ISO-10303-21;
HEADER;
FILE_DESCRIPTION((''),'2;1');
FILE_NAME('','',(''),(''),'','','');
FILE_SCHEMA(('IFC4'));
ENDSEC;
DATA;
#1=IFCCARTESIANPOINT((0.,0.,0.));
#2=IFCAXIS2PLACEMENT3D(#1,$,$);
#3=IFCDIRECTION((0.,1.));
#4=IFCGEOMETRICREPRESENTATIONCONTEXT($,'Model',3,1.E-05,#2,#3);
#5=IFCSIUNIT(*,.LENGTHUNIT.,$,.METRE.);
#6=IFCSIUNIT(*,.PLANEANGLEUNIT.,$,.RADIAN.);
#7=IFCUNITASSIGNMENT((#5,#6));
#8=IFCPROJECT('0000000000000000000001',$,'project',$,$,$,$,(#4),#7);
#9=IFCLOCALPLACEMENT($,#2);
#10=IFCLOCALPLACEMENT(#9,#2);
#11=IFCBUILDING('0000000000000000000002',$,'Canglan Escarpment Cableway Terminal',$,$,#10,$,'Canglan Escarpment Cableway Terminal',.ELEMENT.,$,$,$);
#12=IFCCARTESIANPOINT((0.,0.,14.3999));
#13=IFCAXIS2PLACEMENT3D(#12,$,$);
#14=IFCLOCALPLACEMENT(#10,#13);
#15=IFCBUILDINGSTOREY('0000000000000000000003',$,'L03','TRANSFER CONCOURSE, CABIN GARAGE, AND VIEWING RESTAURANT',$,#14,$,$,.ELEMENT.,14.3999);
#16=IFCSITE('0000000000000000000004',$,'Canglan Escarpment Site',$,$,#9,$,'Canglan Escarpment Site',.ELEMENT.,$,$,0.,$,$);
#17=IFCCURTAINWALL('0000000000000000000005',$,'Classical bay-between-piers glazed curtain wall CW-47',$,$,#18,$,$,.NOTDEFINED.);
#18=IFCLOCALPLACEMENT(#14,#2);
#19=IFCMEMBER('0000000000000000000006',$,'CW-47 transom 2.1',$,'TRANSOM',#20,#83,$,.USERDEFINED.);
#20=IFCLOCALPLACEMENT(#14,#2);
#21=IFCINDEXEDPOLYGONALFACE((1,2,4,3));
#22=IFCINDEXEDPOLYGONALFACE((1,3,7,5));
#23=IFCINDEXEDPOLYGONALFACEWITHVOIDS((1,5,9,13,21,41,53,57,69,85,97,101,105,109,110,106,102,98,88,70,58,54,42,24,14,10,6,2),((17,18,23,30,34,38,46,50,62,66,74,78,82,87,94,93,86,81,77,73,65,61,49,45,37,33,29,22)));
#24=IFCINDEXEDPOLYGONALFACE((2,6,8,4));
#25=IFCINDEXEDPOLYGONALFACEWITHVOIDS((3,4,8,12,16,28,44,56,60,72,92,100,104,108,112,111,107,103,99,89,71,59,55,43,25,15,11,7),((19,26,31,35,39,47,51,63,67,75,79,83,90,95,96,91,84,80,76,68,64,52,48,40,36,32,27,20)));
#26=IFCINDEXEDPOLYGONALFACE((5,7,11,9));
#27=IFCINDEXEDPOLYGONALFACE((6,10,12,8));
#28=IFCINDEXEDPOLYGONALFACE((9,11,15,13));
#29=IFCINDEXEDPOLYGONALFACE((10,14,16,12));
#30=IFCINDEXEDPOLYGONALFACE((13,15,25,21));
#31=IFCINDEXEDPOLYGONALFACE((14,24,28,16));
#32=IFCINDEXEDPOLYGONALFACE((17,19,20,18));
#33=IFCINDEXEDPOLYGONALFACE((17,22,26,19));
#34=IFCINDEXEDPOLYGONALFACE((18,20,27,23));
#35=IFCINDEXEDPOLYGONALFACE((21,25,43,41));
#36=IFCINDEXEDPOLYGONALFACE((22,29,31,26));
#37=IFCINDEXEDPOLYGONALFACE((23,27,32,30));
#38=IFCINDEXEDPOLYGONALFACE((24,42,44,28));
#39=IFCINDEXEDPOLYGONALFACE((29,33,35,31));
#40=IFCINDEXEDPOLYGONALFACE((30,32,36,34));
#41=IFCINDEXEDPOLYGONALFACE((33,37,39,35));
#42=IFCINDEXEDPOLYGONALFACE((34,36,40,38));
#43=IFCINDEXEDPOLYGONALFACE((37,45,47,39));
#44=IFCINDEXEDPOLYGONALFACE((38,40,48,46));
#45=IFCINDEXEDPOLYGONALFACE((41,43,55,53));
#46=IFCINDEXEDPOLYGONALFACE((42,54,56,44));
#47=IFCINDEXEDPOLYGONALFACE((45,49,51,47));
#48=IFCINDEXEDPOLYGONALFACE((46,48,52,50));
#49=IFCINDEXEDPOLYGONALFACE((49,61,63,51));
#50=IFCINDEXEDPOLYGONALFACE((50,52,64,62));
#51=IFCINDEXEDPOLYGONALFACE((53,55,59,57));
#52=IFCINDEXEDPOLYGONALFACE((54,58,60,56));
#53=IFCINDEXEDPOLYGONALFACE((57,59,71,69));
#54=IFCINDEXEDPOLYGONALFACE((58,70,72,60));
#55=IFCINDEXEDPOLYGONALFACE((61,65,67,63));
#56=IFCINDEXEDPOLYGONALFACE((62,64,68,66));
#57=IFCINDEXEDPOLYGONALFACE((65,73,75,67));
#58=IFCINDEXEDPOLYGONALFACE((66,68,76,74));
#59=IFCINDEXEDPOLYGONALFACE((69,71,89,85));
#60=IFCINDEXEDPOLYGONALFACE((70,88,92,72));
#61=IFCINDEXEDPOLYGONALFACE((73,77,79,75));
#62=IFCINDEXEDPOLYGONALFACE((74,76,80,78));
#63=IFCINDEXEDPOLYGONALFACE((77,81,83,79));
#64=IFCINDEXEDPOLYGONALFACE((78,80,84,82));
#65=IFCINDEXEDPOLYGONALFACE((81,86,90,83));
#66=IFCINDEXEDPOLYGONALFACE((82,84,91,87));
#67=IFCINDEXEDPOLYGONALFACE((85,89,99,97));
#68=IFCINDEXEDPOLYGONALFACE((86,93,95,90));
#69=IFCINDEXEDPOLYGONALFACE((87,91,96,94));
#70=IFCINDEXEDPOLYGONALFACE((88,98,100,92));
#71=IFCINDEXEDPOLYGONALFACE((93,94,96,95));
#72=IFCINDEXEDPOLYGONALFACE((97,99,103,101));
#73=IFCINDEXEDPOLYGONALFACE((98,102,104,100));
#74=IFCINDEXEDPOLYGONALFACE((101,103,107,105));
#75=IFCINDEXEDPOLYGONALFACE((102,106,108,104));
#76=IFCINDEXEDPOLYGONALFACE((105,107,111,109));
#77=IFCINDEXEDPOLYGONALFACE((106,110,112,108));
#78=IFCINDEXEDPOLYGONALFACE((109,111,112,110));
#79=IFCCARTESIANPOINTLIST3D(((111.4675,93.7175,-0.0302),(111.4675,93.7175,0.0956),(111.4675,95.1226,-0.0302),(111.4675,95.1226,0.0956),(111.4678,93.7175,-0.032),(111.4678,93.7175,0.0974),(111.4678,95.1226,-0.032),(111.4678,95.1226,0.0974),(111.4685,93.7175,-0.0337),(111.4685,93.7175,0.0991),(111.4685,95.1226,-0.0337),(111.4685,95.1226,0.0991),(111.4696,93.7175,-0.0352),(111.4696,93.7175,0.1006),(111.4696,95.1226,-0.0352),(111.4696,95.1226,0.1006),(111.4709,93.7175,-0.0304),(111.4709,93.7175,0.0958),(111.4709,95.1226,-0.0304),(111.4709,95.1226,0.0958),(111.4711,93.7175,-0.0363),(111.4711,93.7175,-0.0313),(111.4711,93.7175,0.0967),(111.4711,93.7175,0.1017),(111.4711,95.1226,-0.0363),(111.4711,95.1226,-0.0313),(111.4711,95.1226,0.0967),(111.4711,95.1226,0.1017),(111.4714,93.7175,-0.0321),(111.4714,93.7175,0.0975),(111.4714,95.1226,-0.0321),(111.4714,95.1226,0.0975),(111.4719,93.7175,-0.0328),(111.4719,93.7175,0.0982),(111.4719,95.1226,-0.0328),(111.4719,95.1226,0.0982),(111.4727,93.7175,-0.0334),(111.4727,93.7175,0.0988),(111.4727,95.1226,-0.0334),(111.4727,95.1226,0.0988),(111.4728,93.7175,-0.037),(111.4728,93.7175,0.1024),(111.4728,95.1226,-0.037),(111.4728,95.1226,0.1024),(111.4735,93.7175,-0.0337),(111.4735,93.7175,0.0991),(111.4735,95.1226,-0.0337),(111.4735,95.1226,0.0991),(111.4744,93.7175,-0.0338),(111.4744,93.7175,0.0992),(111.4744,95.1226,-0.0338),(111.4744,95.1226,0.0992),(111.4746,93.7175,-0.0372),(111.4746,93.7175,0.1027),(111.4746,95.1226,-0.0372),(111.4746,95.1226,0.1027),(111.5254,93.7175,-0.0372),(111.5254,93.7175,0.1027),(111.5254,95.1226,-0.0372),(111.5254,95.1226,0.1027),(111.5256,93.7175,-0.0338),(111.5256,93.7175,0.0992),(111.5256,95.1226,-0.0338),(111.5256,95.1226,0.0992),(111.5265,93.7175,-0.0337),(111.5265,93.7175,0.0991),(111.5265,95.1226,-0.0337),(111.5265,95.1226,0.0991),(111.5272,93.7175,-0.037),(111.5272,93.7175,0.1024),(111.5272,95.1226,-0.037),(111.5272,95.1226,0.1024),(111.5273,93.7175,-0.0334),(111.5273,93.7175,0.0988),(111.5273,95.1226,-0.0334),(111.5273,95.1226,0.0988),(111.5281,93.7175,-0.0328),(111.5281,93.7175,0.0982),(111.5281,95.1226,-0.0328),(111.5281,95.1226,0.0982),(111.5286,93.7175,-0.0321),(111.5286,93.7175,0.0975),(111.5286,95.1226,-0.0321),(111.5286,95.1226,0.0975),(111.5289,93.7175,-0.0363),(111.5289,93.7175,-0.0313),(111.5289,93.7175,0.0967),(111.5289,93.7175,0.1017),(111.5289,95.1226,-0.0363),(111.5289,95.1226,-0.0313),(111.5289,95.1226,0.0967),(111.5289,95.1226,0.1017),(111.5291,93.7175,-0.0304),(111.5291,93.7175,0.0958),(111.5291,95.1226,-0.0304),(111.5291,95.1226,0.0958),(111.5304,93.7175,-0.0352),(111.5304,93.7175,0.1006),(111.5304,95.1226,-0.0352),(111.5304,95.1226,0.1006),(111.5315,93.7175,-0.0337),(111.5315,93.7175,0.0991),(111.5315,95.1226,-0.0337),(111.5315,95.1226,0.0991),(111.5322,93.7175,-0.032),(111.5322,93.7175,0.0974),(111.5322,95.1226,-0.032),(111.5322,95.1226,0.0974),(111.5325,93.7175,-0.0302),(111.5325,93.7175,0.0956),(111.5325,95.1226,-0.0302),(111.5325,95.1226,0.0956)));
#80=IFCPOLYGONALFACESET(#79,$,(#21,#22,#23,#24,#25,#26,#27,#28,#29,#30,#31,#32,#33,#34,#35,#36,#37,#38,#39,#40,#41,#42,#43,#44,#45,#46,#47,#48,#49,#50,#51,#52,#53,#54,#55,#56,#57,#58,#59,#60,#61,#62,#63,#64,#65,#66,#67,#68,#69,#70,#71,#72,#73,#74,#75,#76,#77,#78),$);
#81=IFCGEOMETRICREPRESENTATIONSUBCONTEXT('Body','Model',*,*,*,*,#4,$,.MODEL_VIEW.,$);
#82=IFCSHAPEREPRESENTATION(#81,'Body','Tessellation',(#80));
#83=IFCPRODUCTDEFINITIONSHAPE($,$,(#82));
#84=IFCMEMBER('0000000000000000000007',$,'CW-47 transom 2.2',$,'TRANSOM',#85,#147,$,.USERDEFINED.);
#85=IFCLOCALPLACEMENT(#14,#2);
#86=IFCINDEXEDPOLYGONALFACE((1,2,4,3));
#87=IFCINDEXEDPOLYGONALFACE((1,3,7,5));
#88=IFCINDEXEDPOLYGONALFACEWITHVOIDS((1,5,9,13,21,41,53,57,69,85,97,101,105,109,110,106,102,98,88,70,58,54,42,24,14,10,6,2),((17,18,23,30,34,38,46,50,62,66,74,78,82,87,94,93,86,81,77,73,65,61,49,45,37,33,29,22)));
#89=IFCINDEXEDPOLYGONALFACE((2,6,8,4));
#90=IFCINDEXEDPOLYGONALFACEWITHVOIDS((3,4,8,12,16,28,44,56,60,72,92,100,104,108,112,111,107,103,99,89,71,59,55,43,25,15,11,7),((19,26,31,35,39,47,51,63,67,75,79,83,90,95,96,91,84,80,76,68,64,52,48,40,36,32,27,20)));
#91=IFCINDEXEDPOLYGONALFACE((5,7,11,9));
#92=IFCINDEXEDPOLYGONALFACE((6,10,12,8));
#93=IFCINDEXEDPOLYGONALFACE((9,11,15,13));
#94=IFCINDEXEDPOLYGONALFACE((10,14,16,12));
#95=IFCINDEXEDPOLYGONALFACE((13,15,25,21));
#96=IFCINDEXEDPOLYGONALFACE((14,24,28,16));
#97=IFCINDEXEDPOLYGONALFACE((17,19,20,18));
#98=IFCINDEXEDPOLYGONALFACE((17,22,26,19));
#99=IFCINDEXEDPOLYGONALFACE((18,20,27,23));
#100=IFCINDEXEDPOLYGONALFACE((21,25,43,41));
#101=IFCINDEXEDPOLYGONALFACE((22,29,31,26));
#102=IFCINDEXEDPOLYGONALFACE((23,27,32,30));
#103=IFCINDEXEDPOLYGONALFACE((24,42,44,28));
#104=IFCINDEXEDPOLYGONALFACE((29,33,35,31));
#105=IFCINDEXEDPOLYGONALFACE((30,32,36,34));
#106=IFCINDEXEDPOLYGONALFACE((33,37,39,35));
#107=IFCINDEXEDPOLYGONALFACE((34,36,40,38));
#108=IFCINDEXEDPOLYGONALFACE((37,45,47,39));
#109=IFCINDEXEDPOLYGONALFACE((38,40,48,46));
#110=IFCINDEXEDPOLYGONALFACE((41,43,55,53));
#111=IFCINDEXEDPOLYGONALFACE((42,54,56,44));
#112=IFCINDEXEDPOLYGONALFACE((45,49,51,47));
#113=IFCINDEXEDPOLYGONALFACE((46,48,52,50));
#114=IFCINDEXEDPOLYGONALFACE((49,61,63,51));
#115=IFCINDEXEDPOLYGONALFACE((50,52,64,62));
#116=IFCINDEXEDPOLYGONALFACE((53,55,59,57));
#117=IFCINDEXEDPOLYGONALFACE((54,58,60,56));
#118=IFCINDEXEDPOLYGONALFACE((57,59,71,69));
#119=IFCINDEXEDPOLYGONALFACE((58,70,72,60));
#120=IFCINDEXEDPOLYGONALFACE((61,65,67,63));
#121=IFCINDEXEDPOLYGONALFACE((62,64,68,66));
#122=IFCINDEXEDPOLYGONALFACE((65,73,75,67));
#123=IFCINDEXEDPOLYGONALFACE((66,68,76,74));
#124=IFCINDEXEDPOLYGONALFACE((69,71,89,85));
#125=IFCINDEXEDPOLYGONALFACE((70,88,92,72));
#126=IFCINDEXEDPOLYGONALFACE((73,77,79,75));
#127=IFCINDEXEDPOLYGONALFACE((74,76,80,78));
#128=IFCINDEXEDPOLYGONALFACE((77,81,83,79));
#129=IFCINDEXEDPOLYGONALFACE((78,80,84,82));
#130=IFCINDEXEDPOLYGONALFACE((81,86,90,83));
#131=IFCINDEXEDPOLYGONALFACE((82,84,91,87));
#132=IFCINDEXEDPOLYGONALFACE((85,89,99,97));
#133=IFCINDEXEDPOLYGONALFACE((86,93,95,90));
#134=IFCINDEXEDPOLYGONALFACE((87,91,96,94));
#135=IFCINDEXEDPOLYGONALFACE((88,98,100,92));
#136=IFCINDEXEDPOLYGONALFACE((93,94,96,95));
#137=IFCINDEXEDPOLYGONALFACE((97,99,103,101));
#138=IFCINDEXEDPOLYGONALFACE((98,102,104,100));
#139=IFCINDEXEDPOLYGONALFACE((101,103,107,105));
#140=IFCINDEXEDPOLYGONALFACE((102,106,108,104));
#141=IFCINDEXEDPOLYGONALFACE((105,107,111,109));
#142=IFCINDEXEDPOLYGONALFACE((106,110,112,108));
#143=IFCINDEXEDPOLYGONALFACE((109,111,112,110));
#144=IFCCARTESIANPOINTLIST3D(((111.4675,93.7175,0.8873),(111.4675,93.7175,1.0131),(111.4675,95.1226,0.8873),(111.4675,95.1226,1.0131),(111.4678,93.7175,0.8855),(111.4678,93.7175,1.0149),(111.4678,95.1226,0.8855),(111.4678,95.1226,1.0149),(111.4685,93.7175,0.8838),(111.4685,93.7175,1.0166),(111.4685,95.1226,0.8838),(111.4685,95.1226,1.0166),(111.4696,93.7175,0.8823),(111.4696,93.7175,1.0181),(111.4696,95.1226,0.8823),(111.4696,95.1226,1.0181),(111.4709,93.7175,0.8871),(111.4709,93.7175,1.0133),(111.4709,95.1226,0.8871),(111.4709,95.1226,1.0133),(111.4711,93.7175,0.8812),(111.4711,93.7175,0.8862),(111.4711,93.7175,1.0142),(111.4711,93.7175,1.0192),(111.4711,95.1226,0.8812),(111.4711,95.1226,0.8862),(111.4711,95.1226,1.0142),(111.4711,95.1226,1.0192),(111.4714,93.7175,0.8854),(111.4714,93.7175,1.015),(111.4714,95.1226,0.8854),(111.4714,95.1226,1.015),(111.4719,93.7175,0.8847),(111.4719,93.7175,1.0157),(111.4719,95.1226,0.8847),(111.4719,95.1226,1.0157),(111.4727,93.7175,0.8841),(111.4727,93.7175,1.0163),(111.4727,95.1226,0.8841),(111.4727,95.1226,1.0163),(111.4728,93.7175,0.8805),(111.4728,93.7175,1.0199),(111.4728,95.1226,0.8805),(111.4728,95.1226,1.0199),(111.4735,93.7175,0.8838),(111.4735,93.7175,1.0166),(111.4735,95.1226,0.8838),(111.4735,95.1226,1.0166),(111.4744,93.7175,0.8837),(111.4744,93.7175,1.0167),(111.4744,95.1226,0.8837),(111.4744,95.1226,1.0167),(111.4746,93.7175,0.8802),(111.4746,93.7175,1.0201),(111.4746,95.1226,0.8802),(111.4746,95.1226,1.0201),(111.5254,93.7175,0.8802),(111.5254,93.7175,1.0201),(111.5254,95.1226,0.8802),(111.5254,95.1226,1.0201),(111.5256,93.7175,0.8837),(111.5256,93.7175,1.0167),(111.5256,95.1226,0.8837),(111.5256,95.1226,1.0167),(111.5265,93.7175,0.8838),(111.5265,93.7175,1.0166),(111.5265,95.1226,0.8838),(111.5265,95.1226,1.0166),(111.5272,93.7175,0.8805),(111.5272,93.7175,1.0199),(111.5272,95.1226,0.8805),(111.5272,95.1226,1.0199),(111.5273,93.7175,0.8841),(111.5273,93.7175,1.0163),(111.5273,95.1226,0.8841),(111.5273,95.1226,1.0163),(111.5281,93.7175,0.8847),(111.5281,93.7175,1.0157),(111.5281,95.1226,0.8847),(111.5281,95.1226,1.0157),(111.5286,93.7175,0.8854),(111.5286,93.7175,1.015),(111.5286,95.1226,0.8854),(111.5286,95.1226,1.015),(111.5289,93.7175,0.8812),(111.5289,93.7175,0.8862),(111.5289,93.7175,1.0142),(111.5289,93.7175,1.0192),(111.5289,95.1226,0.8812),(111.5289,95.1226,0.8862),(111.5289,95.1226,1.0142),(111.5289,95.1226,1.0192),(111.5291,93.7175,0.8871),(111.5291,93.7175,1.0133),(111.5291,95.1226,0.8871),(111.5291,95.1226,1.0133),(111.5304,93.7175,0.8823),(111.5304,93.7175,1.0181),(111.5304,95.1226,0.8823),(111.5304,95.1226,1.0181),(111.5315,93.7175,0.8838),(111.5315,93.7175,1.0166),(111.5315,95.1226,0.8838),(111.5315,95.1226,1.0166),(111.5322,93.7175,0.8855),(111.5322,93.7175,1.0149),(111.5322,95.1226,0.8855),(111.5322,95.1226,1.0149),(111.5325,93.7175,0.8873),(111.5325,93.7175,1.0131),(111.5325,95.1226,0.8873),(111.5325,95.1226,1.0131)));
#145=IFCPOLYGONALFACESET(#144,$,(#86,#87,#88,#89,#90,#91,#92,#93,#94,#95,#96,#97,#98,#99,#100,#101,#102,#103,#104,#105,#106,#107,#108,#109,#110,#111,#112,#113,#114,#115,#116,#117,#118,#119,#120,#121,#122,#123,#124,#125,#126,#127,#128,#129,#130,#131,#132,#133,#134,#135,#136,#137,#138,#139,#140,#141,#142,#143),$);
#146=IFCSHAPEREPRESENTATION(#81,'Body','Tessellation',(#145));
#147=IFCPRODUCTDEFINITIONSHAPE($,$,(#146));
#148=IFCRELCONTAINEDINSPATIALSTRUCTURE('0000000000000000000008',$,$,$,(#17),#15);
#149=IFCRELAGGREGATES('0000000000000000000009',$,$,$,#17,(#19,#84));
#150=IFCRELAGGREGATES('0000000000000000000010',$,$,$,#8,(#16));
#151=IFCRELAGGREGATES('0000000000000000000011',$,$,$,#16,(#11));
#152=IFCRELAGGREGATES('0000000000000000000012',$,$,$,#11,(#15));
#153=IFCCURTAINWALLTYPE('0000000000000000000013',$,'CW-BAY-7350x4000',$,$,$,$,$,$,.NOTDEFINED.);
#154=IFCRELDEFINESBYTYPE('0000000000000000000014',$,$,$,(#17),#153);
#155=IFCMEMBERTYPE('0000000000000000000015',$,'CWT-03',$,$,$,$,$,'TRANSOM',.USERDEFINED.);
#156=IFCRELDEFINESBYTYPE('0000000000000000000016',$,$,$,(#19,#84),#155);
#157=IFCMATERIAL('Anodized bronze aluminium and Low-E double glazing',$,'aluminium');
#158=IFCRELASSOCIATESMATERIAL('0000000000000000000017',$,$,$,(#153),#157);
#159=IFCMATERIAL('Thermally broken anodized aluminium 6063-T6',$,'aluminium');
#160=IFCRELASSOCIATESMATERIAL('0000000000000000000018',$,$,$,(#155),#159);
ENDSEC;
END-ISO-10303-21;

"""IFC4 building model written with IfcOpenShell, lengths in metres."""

from ifc_helpers import new_model, si_unit, direction, frame, origin, origin_2d, place, context, subcontext, project, spatial, hollow_rectangle, extrude, material, material_profile, profile_set, type_object, element, aggregate, save


model = new_model("IFC4")

# Units and contexts
model_context = context("Model", 3, precision=1e-05, world=origin(), true_north=direction((0.0, 1.0)))
body_context = subcontext(model_context, "Body", "Model", "MODEL_VIEW")
ifc_project = project(units=[si_unit("LENGTHUNIT", "METRE"), si_unit("PLANEANGLEUNIT", "RADIAN")], contexts=[model_context])

# Site, building, storey
site_placement = place(None, origin())
site = spatial("IfcSite", under=ifc_project, at=site_placement, Name="Canglan Escarpment Site", LongName="Canglan Escarpment Site", CompositionType="ELEMENT", RefElevation=0.0)
building_placement = place(site_placement, origin())
building = spatial("IfcBuilding", under=site, at=building_placement, Name="Canglan Escarpment Cableway Terminal", LongName="Canglan Escarpment Cableway Terminal", CompositionType="ELEMENT")
storey_placement = place(building_placement, frame((0.0, 0.0, 14.3999)))
storey = spatial("IfcBuildingStorey", under=building, at=storey_placement, Name="L03", Description="TRANSFER CONCOURSE, CABIN GARAGE, AND VIEWING RESTAURANT", CompositionType="ELEMENT", Elevation=14.3999)

# Shared definitions
ifc_material_1 = material(Name="Anodized bronze aluminium and Low-E double glazing", Category="aluminium")
ifc_material_2 = material(Name="Thermally broken anodized aluminium 6063-T6", Category="aluminium")

# Curtain wall
curtain_wall_type_1 = type_object("IfcCurtainWallType", Name="CW-BAY-7350x4000", PredefinedType="NOTDEFINED", material=ifc_material_1)
curtain_wall_1_placement = place(storey_placement, origin())
curtain_wall_1 = element("IfcCurtainWall", 1, at=curtain_wall_1_placement, inside=storey, type_object=curtain_wall_type_1, Name="Classical bay-between-piers glazed curtain wall CW-47", PredefinedType="NOTDEFINED")

# Members
ifc_material_profile_1 = material_profile(ifc_material_2, hollow_rectangle(XDim=0.0649, YDim=0.1399, WallThickness=0.0034, InnerFilletRadius=0.0034, OuterFilletRadius=0.0071, at=origin_2d()), Name="ALU-TRAN 65x140x3.5")
ifc_profile_set_1 = profile_set([ifc_material_profile_1], Name="Thermally broken anodized aluminium 6063-T6")
member_type_1 = type_object("IfcMemberType", Name="CWT-03", ElementType="TRANSOM", PredefinedType="USERDEFINED", material=ifc_profile_set_1)
member_1_placement = place(storey_placement, frame((111.5, 95.1226, 0.0327), z_axis=(0.0, -1.0, 0.0), x_axis=(1.0, 0.0, 0.0)))
member_1 = element("IfcMember", 2, at=member_1_placement, type_object=member_type_1, Name="CW-47 transom 2.1", ObjectType="TRANSOM", PredefinedType="USERDEFINED", context=body_context, shape_type="SweptSolid", body=[
    extrude(hollow_rectangle(XDim=0.0649, YDim=0.1399, WallThickness=0.0034, InnerFilletRadius=0.0034, OuterFilletRadius=0.0071, at=origin_2d()), origin(), (0.0, 0.0, 1.0), 1.405),
])
member_2_placement = place(storey_placement, frame((111.5, 95.1226, 0.9502), z_axis=(0.0, -1.0, 0.0), x_axis=(1.0, 0.0, 0.0)))
member_2 = element("IfcMember", 3, at=member_2_placement, type_object=member_type_1, Name="CW-47 transom 2.2", ObjectType="TRANSOM", PredefinedType="USERDEFINED", context=body_context, shape_type="SweptSolid", body=[
    extrude(hollow_rectangle(XDim=0.0649, YDim=0.1399, WallThickness=0.0034, InnerFilletRadius=0.0034, OuterFilletRadius=0.0071, at=origin_2d()), origin(), (0.0, 0.0, 1.0), 1.405),
])

aggregate(curtain_wall_1, [member_1, member_2])

save(model, "model.ifc")
